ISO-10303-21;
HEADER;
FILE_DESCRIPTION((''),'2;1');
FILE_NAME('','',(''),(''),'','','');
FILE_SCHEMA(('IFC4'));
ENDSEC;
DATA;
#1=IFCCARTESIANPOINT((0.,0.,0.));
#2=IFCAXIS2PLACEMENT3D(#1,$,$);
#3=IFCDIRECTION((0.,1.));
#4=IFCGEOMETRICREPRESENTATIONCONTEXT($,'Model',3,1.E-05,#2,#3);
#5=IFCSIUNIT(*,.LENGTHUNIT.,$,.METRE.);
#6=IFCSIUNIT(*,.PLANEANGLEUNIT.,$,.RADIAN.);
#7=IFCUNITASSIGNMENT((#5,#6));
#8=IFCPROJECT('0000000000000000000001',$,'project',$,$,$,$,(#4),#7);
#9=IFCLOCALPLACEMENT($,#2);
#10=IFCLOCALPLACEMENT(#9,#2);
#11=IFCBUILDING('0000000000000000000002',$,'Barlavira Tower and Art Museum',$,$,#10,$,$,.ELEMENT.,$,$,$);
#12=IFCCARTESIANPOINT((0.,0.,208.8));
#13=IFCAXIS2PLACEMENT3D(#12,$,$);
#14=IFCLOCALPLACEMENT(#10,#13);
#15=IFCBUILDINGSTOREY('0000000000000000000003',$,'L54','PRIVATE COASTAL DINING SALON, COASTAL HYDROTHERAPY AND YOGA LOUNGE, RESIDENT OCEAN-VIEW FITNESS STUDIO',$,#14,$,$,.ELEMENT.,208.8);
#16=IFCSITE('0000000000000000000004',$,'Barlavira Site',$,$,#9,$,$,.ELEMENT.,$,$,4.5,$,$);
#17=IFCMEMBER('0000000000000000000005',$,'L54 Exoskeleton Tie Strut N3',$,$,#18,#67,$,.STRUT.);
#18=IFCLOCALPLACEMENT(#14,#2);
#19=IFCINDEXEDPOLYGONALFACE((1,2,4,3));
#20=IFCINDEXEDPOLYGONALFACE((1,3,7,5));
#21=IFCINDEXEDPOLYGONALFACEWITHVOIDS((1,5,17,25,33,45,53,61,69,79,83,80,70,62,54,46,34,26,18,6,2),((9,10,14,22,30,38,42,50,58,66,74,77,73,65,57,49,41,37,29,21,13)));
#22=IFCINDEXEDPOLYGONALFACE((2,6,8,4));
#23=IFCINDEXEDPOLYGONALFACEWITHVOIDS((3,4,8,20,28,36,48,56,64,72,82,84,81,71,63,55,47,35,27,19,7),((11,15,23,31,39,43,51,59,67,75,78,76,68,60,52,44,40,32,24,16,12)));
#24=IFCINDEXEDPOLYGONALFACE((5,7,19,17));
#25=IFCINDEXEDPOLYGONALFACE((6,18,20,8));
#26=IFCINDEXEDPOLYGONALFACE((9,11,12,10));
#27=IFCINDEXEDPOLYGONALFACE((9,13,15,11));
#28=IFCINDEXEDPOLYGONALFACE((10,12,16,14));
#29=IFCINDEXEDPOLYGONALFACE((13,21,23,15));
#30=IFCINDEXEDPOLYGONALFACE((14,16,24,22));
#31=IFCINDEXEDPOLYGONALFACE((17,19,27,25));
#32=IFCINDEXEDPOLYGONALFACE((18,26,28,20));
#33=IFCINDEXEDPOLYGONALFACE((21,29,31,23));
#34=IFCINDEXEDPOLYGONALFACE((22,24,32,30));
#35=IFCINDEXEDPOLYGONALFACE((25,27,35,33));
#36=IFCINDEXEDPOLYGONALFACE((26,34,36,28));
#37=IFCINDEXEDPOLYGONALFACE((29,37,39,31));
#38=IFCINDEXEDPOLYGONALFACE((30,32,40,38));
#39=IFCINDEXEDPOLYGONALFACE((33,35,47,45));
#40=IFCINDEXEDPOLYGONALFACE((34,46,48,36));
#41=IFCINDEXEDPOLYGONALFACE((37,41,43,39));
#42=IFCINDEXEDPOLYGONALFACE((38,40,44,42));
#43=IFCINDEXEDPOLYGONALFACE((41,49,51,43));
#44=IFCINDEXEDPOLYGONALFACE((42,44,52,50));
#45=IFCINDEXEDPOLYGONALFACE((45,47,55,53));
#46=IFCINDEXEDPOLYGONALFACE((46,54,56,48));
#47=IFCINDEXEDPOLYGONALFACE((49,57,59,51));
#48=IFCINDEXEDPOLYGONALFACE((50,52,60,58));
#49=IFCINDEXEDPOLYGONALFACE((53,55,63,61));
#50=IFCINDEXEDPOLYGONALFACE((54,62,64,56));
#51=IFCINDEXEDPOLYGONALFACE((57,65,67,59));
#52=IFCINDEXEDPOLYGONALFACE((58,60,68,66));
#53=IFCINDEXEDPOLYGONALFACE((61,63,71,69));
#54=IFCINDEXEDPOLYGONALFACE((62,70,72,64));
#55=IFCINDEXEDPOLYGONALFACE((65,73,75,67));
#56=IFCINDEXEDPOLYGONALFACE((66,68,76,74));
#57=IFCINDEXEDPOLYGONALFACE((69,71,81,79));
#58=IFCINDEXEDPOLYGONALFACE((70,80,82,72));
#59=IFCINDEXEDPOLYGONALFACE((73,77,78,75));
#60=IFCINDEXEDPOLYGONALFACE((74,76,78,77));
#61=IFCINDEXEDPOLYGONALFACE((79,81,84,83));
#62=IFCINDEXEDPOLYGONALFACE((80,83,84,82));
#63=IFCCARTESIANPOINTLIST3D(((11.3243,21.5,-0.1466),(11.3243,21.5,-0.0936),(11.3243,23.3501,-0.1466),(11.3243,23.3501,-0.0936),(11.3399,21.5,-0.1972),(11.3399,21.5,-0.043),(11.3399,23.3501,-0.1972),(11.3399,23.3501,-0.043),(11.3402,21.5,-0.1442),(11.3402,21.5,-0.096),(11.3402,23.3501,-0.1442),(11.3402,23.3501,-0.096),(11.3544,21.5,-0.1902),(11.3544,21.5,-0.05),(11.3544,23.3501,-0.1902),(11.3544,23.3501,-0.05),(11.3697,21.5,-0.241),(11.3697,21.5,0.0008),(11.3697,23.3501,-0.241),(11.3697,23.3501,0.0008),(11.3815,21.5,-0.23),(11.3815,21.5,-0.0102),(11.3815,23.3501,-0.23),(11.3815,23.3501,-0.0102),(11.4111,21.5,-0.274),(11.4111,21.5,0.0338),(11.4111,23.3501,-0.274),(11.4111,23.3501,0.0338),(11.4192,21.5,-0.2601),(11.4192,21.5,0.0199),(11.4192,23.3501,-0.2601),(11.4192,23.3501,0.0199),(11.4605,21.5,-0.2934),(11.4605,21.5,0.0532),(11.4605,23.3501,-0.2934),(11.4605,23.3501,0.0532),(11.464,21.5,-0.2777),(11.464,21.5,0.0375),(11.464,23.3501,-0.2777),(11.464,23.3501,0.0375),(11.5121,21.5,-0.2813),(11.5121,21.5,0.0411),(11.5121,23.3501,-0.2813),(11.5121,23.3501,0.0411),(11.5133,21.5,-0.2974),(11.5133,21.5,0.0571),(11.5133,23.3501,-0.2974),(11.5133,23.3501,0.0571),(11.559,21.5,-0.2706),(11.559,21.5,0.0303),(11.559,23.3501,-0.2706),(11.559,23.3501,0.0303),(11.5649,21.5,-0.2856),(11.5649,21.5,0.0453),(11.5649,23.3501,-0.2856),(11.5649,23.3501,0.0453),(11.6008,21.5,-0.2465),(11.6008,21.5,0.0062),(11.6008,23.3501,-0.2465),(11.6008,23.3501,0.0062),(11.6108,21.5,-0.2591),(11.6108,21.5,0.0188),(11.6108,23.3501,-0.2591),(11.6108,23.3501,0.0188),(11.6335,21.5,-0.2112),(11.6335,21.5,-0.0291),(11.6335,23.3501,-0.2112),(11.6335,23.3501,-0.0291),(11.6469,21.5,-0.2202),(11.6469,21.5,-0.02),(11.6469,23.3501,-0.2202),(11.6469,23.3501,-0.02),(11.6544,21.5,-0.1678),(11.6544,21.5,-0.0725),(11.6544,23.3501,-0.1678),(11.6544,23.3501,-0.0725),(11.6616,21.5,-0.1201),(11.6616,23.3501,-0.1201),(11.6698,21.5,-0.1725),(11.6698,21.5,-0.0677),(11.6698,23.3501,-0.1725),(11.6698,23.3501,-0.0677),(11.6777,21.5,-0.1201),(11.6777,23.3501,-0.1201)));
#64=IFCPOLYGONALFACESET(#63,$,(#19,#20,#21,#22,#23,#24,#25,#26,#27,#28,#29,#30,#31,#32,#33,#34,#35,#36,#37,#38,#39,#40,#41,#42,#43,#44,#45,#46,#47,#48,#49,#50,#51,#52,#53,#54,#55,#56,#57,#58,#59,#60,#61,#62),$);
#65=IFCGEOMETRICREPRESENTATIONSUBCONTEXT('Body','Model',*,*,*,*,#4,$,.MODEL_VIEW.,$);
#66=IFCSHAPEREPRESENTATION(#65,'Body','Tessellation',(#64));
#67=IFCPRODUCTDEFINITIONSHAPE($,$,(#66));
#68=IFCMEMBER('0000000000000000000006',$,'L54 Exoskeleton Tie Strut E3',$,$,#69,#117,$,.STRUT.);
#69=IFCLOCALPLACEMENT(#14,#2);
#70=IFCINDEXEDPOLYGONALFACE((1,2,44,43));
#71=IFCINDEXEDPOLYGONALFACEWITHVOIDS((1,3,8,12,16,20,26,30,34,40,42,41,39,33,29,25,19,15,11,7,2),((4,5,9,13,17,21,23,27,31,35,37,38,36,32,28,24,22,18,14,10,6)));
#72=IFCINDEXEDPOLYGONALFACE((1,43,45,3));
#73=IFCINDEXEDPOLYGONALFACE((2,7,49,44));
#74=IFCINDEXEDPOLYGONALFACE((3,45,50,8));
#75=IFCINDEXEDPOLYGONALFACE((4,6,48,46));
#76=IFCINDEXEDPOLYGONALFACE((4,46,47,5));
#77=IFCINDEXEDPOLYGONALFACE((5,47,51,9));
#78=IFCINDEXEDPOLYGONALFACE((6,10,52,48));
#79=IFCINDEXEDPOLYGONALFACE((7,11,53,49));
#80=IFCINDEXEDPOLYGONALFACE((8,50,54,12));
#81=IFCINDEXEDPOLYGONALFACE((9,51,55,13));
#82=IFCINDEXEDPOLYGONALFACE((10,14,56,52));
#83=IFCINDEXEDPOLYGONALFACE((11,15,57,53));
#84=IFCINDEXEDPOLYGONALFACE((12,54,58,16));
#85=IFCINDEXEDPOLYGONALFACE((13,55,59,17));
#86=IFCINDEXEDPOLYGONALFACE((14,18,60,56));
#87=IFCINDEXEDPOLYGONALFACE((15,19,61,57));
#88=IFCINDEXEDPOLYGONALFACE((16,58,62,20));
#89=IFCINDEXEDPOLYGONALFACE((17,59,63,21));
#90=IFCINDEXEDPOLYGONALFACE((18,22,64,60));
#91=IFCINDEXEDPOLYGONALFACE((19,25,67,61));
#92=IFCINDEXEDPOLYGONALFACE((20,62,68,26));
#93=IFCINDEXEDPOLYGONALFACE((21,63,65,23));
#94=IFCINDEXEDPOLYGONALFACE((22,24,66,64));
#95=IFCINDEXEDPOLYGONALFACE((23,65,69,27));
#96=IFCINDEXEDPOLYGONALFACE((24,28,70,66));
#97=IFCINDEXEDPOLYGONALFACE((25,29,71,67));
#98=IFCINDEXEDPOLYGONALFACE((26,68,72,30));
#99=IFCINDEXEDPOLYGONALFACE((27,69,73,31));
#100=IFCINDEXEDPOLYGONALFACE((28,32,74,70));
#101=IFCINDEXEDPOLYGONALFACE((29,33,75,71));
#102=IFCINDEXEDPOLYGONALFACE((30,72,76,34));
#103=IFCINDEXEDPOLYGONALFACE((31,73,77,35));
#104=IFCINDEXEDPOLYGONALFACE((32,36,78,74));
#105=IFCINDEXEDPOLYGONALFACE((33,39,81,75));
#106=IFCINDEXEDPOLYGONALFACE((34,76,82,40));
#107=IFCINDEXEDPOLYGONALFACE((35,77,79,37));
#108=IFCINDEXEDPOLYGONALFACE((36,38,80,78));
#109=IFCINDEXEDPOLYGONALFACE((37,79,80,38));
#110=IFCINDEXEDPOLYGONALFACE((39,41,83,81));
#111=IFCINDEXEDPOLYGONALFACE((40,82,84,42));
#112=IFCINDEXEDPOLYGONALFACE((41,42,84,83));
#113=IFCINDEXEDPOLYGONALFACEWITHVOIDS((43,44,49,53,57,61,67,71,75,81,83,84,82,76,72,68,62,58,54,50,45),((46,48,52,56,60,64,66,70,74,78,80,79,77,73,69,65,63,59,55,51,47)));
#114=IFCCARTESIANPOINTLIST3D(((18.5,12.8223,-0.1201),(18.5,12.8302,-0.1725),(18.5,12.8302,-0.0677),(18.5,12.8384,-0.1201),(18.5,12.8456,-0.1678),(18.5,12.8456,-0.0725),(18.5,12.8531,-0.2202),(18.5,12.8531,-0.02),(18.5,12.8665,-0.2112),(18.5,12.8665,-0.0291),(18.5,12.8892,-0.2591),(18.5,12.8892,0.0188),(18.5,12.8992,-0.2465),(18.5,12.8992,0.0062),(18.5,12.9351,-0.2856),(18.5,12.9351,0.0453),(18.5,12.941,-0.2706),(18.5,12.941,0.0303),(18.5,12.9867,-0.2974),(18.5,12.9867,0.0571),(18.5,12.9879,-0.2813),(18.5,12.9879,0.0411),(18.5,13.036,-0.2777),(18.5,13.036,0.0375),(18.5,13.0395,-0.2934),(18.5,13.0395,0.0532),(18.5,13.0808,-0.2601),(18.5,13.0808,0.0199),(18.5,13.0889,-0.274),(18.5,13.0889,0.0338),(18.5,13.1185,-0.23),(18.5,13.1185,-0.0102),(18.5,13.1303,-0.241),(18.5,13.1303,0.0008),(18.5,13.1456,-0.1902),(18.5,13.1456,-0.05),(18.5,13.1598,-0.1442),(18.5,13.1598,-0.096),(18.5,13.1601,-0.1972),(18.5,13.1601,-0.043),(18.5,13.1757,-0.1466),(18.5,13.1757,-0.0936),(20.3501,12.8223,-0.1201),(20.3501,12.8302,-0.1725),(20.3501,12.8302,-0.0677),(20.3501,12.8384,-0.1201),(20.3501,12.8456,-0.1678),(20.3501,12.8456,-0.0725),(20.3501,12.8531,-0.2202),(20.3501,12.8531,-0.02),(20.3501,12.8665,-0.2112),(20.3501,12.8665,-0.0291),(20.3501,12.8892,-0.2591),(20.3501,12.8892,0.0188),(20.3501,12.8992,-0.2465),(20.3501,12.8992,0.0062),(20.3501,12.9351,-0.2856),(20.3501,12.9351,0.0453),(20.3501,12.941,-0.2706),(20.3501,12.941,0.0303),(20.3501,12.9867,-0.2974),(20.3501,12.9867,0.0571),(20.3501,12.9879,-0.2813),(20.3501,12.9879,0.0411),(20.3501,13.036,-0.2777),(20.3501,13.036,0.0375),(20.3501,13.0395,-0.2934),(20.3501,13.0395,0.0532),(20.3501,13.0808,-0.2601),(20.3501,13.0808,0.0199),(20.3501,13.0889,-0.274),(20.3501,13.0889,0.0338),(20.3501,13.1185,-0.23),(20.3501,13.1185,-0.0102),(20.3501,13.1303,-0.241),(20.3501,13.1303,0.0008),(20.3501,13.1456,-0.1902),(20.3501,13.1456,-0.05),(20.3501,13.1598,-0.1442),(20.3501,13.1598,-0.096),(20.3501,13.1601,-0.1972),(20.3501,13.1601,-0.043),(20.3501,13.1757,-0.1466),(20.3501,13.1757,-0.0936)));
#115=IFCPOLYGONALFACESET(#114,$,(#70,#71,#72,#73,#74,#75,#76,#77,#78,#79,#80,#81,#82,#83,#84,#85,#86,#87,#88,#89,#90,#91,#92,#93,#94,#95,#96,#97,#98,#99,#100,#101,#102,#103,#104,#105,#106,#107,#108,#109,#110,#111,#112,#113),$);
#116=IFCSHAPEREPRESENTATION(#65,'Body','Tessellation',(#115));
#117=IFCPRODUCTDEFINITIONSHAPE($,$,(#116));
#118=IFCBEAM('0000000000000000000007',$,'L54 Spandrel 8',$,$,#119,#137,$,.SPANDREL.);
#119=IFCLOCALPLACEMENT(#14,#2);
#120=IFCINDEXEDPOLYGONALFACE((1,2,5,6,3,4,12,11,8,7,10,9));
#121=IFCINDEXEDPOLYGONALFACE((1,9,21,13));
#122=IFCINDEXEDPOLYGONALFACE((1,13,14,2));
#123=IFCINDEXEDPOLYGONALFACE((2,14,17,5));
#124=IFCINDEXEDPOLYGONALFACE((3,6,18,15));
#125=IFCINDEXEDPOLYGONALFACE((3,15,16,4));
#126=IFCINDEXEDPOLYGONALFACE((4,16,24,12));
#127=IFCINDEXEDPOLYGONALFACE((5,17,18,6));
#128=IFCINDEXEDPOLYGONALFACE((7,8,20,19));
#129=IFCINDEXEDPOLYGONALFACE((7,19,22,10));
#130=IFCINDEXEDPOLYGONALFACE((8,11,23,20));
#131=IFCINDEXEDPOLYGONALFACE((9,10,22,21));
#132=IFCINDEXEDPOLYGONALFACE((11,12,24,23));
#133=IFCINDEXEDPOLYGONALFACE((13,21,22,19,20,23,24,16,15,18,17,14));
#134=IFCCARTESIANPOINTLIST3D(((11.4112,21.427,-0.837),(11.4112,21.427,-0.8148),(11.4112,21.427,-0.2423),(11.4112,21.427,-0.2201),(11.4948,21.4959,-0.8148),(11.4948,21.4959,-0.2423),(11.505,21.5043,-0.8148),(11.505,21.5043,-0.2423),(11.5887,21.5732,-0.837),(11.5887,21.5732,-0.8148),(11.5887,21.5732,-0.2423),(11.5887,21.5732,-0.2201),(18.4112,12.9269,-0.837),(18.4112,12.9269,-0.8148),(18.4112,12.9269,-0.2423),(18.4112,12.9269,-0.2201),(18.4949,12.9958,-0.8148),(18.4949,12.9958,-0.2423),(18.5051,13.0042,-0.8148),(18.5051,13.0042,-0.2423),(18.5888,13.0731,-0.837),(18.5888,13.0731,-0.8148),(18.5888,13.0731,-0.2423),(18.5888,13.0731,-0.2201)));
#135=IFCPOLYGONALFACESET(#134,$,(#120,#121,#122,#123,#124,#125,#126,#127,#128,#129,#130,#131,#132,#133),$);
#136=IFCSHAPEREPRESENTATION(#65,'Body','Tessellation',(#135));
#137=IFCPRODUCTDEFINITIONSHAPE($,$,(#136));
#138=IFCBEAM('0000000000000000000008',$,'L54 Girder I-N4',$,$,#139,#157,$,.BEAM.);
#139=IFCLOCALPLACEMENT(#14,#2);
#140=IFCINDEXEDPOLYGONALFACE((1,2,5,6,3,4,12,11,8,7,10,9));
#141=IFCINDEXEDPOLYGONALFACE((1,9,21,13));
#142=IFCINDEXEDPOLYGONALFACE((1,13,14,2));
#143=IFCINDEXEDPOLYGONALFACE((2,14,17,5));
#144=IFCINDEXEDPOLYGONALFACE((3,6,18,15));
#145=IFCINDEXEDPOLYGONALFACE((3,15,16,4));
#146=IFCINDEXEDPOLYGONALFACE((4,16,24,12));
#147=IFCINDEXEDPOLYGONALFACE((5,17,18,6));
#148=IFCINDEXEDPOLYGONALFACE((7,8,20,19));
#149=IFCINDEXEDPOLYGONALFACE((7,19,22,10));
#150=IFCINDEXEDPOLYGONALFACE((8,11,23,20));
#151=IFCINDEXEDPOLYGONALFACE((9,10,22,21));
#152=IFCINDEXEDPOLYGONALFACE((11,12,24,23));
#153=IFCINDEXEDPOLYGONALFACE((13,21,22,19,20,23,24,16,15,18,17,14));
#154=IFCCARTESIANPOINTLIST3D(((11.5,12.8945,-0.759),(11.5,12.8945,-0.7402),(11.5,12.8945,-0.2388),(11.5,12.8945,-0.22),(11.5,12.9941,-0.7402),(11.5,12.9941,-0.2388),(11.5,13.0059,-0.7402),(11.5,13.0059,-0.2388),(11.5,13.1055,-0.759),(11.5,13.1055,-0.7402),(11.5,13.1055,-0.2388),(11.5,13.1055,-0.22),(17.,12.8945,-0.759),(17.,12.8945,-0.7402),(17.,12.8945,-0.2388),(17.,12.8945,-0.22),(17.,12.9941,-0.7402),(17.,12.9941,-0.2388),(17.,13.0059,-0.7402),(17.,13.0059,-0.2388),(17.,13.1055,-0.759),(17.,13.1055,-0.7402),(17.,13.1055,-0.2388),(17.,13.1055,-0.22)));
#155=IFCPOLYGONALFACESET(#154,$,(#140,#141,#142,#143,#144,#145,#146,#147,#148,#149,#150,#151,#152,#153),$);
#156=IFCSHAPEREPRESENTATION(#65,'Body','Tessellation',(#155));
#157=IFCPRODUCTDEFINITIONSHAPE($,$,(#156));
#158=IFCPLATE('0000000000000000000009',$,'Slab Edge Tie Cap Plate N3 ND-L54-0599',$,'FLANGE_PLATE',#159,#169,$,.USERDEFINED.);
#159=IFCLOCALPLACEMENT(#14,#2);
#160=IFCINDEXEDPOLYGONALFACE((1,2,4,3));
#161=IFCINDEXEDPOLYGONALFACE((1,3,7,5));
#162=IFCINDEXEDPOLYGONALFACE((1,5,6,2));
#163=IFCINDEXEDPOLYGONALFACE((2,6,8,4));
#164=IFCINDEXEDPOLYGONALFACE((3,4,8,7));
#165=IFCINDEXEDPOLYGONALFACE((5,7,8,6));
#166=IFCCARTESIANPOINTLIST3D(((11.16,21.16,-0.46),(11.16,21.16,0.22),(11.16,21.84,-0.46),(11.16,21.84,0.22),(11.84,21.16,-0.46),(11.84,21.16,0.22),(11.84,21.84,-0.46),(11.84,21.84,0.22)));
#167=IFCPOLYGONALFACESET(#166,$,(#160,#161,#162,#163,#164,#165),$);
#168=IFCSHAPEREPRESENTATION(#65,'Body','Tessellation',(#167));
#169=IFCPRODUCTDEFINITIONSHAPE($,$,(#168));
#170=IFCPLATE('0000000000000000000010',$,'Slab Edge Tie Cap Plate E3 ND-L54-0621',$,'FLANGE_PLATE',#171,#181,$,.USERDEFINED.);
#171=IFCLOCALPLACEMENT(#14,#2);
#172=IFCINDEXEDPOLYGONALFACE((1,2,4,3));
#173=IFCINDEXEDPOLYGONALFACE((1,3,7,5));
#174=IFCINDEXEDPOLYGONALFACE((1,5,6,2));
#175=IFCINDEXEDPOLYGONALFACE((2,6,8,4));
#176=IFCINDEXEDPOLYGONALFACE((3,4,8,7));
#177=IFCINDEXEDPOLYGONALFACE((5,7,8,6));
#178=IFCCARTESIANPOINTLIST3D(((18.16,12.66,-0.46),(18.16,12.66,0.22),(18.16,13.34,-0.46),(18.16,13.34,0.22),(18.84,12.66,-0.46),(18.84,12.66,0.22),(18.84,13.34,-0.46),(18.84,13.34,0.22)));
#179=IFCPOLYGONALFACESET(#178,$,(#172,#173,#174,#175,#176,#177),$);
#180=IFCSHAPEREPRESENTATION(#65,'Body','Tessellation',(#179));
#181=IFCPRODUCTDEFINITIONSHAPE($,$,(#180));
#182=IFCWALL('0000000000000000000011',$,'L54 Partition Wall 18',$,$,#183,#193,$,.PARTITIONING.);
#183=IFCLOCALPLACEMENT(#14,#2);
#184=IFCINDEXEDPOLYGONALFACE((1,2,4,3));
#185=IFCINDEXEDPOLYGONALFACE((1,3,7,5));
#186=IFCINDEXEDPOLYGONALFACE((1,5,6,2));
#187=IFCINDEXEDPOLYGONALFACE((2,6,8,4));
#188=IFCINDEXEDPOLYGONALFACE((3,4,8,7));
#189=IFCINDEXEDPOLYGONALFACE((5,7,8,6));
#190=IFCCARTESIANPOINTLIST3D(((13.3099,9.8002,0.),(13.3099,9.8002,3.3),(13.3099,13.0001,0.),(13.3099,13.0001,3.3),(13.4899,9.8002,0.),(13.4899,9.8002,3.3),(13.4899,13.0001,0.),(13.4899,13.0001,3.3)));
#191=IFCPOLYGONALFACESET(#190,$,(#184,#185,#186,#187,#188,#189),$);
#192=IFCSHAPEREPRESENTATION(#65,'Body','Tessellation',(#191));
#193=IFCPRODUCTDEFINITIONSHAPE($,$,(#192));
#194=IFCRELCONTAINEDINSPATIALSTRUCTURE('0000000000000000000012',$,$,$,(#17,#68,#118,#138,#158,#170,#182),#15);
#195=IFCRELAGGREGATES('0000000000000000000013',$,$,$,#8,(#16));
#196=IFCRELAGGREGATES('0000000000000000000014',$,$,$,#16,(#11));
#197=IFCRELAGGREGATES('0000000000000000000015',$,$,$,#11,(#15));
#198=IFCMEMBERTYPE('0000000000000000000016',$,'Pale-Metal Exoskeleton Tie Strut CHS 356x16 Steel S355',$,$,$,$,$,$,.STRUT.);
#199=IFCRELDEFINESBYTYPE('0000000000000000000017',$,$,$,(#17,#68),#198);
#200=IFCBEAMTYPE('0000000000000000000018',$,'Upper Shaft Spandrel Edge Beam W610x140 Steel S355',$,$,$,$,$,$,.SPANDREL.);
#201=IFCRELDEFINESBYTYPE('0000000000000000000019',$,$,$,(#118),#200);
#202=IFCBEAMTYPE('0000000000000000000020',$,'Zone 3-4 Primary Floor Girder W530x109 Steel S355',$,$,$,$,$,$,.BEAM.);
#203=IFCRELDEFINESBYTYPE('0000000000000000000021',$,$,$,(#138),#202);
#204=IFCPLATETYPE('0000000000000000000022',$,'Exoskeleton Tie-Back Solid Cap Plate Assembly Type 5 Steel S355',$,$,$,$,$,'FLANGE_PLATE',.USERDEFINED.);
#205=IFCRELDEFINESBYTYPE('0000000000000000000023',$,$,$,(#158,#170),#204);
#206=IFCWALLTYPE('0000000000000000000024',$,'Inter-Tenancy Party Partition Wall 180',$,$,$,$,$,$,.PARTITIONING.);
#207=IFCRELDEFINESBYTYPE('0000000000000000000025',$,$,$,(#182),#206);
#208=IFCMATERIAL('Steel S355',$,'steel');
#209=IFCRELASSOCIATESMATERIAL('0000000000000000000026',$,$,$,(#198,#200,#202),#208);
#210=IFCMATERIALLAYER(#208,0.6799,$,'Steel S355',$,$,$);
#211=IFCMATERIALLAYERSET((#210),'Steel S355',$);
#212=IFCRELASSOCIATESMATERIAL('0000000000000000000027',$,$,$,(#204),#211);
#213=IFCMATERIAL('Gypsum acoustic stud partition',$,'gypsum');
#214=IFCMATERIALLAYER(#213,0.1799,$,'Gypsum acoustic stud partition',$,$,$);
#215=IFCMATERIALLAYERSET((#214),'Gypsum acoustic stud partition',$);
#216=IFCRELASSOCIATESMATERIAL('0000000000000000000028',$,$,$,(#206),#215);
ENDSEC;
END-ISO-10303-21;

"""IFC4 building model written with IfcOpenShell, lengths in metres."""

from ifc_helpers import new_model, si_unit, direction, frame, frame_2d, origin, origin_2d, place, context, subcontext, project, spatial, rectangle, hollow_circle, i_section, extrude, material, layer, layer_set, material_profile, profile_set, type_object, element, save


model = new_model("IFC4")

# Units and contexts
model_context = context("Model", 3, precision=1e-05, world=origin(), true_north=direction((0.0, 1.0)))
body_context = subcontext(model_context, "Body", "Model", "MODEL_VIEW")
ifc_project = project(units=[si_unit("LENGTHUNIT", "METRE"), si_unit("PLANEANGLEUNIT", "RADIAN")], contexts=[model_context])

# Site, building, storey
site_placement = place(None, origin())
site = spatial("IfcSite", under=ifc_project, at=site_placement, Name="Barlavira Site", CompositionType="ELEMENT", RefElevation=4.5)
building_placement = place(site_placement, origin())
building = spatial("IfcBuilding", under=site, at=building_placement, Name="Barlavira Tower and Art Museum", CompositionType="ELEMENT")
storey_placement = place(building_placement, frame((0.0, 0.0, 208.8)))
storey = spatial("IfcBuildingStorey", under=building, at=storey_placement, Name="L54", Description="PRIVATE COASTAL DINING SALON, COASTAL HYDROTHERAPY AND YOGA LOUNGE, RESIDENT OCEAN-VIEW FITNESS STUDIO", CompositionType="ELEMENT", Elevation=208.8)

# Members
ifc_material_1 = material(Name="Steel S355", Category="steel")
ifc_material_profile_1 = material_profile(ifc_material_1, hollow_circle(Radius=0.1777, WallThickness=0.0161, at=origin_2d()), Name="CHS 355.6x16.0")
ifc_profile_set_1 = profile_set([ifc_material_profile_1], Name="Steel S355")
member_type_1 = type_object("IfcMemberType", Name="Pale-Metal Exoskeleton Tie Strut CHS 356x16 Steel S355", PredefinedType="STRUT", material=ifc_profile_set_1)
for number, where, z_axis, x_axis, name in (
    (1, (11.5, 23.3501, -0.1201), (0.0, -1.0, 0.0), (1.0, 0.0, 0.0), "L54 Exoskeleton Tie Strut N3"),
    (2, (20.3501, 13.0, -0.1201), (-1.0, 0.0, 0.0), (0.0, -1.0, 0.0), "L54 Exoskeleton Tie Strut E3"),
):
    element("IfcMember", number, at=place(storey_placement, frame(where, z_axis=z_axis, x_axis=x_axis)), inside=storey, type_object=member_type_1, Name=name, PredefinedType="STRUT", context=body_context, shape_type="SweptSolid", body=[
        extrude(hollow_circle(Radius=0.1777, WallThickness=0.0161, at=origin_2d()), origin(), (0.0, 0.0, 1.0), 1.8501),
    ])

# Beams
ifc_material_profile_2 = material_profile(ifc_material_1, i_section(OverallWidth=0.23, OverallDepth=0.6169, WebThickness=0.0132, FlangeThickness=0.0222, at=origin_2d()), Name="W610x140.0")
ifc_profile_set_2 = profile_set([ifc_material_profile_2], Name="Steel S355")
beam_type_1 = type_object("IfcBeamType", Name="Upper Shaft Spandrel Edge Beam W610x140 Steel S355", PredefinedType="SPANDREL", material=ifc_profile_set_2)
beam_1_placement = place(storey_placement, frame((18.5, 13.0, -0.5286), z_axis=(-0.635707, 0.77193, 0.0), x_axis=(-0.77193, -0.635707, 0.0)))
element("IfcBeam", 3, at=beam_1_placement, inside=storey, type_object=beam_type_1, Name="L54 Spandrel 8", PredefinedType="SPANDREL", context=body_context, shape_type="SweptSolid", body=[
    extrude(i_section(OverallWidth=0.23, OverallDepth=0.6169, WebThickness=0.0132, FlangeThickness=0.0222, at=origin_2d()), origin(), (0.0, 0.0, 1.0), 11.0115),
])
ifc_material_profile_3 = material_profile(ifc_material_1, i_section(OverallWidth=0.2109, OverallDepth=0.5391, WebThickness=0.0117, FlangeThickness=0.0188, at=origin_2d()), Name="W530x109.0")
ifc_profile_set_3 = profile_set([ifc_material_profile_3], Name="Steel S355")
beam_type_2 = type_object("IfcBeamType", Name="Zone 3-4 Primary Floor Girder W530x109 Steel S355", PredefinedType="BEAM", material=ifc_profile_set_3)
beam_2_placement = place(storey_placement, frame((11.5, 13.0, -0.4895), z_axis=(1.0, 0.0, 0.0), x_axis=(0.0, 1.0, 0.0)))
element("IfcBeam", 4, at=beam_2_placement, inside=storey, type_object=beam_type_2, Name="L54 Girder I-N4", PredefinedType="BEAM", context=body_context, shape_type="SweptSolid", body=[
    extrude(i_section(OverallWidth=0.2109, OverallDepth=0.5391, WebThickness=0.0117, FlangeThickness=0.0188, at=origin_2d()), origin(), (0.0, 0.0, 1.0), 5.5),
])

# Plates
ifc_layer_1 = layer(ifc_material_1, 0.6799, Name="Steel S355")
ifc_layer_set_1 = layer_set([ifc_layer_1], Name="Steel S355")
plate_type = type_object("IfcPlateType", Name="Exoskeleton Tie-Back Solid Cap Plate Assembly Type 5 Steel S355", ElementType="FLANGE_PLATE", PredefinedType="USERDEFINED", material=ifc_layer_set_1)
for number, where, z_axis, x_axis, name in (
    (5, (11.5, 21.5, -0.46), (0.0, 0.0, 1.0), (1.0, 0.0, 0.0), "Slab Edge Tie Cap Plate N3 ND-L54-0599"),
    (6, (18.5, 13.0, -0.46), (0.0, 0.0, 1.0), (1.0, 0.0, 0.0), "Slab Edge Tie Cap Plate E3 ND-L54-0621"),
):
    element("IfcPlate", number, at=place(storey_placement, frame(where, z_axis=z_axis, x_axis=x_axis)), inside=storey, type_object=plate_type, Name=name, ObjectType="FLANGE_PLATE", PredefinedType="USERDEFINED", context=body_context, shape_type="SweptSolid", body=[
        extrude(rectangle(XDim=0.6799, YDim=0.6799, at=origin_2d()), origin(), (0.0, 0.0, 1.0), 0.6799),
    ])

# Wall
ifc_material_2 = material(Name="Gypsum acoustic stud partition", Category="gypsum")
ifc_layer_2 = layer(ifc_material_2, 0.1799, Name="Gypsum acoustic stud partition")
ifc_layer_set_2 = layer_set([ifc_layer_2], Name="Gypsum acoustic stud partition")
wall_type_1 = type_object("IfcWallType", Name="Inter-Tenancy Party Partition Wall 180", PredefinedType="PARTITIONING", material=ifc_layer_set_2)
wall_1_placement = place(storey_placement, frame((13.3999, 9.8, 0.0), z_axis=(0.0, 0.0, 1.0), x_axis=(0.0, 1.0, 0.0)))
element("IfcWall", 7, at=wall_1_placement, inside=storey, type_object=wall_type_1, Name="L54 Partition Wall 18", PredefinedType="PARTITIONING", context=body_context, shape_type="SweptSolid", body=[
    extrude(rectangle(XDim=3.2, YDim=0.1799, at=frame_2d((1.6001, 0.0))), origin(), (0.0, 0.0, 1.0), 3.3),
])

save(model, "model.ifc")
